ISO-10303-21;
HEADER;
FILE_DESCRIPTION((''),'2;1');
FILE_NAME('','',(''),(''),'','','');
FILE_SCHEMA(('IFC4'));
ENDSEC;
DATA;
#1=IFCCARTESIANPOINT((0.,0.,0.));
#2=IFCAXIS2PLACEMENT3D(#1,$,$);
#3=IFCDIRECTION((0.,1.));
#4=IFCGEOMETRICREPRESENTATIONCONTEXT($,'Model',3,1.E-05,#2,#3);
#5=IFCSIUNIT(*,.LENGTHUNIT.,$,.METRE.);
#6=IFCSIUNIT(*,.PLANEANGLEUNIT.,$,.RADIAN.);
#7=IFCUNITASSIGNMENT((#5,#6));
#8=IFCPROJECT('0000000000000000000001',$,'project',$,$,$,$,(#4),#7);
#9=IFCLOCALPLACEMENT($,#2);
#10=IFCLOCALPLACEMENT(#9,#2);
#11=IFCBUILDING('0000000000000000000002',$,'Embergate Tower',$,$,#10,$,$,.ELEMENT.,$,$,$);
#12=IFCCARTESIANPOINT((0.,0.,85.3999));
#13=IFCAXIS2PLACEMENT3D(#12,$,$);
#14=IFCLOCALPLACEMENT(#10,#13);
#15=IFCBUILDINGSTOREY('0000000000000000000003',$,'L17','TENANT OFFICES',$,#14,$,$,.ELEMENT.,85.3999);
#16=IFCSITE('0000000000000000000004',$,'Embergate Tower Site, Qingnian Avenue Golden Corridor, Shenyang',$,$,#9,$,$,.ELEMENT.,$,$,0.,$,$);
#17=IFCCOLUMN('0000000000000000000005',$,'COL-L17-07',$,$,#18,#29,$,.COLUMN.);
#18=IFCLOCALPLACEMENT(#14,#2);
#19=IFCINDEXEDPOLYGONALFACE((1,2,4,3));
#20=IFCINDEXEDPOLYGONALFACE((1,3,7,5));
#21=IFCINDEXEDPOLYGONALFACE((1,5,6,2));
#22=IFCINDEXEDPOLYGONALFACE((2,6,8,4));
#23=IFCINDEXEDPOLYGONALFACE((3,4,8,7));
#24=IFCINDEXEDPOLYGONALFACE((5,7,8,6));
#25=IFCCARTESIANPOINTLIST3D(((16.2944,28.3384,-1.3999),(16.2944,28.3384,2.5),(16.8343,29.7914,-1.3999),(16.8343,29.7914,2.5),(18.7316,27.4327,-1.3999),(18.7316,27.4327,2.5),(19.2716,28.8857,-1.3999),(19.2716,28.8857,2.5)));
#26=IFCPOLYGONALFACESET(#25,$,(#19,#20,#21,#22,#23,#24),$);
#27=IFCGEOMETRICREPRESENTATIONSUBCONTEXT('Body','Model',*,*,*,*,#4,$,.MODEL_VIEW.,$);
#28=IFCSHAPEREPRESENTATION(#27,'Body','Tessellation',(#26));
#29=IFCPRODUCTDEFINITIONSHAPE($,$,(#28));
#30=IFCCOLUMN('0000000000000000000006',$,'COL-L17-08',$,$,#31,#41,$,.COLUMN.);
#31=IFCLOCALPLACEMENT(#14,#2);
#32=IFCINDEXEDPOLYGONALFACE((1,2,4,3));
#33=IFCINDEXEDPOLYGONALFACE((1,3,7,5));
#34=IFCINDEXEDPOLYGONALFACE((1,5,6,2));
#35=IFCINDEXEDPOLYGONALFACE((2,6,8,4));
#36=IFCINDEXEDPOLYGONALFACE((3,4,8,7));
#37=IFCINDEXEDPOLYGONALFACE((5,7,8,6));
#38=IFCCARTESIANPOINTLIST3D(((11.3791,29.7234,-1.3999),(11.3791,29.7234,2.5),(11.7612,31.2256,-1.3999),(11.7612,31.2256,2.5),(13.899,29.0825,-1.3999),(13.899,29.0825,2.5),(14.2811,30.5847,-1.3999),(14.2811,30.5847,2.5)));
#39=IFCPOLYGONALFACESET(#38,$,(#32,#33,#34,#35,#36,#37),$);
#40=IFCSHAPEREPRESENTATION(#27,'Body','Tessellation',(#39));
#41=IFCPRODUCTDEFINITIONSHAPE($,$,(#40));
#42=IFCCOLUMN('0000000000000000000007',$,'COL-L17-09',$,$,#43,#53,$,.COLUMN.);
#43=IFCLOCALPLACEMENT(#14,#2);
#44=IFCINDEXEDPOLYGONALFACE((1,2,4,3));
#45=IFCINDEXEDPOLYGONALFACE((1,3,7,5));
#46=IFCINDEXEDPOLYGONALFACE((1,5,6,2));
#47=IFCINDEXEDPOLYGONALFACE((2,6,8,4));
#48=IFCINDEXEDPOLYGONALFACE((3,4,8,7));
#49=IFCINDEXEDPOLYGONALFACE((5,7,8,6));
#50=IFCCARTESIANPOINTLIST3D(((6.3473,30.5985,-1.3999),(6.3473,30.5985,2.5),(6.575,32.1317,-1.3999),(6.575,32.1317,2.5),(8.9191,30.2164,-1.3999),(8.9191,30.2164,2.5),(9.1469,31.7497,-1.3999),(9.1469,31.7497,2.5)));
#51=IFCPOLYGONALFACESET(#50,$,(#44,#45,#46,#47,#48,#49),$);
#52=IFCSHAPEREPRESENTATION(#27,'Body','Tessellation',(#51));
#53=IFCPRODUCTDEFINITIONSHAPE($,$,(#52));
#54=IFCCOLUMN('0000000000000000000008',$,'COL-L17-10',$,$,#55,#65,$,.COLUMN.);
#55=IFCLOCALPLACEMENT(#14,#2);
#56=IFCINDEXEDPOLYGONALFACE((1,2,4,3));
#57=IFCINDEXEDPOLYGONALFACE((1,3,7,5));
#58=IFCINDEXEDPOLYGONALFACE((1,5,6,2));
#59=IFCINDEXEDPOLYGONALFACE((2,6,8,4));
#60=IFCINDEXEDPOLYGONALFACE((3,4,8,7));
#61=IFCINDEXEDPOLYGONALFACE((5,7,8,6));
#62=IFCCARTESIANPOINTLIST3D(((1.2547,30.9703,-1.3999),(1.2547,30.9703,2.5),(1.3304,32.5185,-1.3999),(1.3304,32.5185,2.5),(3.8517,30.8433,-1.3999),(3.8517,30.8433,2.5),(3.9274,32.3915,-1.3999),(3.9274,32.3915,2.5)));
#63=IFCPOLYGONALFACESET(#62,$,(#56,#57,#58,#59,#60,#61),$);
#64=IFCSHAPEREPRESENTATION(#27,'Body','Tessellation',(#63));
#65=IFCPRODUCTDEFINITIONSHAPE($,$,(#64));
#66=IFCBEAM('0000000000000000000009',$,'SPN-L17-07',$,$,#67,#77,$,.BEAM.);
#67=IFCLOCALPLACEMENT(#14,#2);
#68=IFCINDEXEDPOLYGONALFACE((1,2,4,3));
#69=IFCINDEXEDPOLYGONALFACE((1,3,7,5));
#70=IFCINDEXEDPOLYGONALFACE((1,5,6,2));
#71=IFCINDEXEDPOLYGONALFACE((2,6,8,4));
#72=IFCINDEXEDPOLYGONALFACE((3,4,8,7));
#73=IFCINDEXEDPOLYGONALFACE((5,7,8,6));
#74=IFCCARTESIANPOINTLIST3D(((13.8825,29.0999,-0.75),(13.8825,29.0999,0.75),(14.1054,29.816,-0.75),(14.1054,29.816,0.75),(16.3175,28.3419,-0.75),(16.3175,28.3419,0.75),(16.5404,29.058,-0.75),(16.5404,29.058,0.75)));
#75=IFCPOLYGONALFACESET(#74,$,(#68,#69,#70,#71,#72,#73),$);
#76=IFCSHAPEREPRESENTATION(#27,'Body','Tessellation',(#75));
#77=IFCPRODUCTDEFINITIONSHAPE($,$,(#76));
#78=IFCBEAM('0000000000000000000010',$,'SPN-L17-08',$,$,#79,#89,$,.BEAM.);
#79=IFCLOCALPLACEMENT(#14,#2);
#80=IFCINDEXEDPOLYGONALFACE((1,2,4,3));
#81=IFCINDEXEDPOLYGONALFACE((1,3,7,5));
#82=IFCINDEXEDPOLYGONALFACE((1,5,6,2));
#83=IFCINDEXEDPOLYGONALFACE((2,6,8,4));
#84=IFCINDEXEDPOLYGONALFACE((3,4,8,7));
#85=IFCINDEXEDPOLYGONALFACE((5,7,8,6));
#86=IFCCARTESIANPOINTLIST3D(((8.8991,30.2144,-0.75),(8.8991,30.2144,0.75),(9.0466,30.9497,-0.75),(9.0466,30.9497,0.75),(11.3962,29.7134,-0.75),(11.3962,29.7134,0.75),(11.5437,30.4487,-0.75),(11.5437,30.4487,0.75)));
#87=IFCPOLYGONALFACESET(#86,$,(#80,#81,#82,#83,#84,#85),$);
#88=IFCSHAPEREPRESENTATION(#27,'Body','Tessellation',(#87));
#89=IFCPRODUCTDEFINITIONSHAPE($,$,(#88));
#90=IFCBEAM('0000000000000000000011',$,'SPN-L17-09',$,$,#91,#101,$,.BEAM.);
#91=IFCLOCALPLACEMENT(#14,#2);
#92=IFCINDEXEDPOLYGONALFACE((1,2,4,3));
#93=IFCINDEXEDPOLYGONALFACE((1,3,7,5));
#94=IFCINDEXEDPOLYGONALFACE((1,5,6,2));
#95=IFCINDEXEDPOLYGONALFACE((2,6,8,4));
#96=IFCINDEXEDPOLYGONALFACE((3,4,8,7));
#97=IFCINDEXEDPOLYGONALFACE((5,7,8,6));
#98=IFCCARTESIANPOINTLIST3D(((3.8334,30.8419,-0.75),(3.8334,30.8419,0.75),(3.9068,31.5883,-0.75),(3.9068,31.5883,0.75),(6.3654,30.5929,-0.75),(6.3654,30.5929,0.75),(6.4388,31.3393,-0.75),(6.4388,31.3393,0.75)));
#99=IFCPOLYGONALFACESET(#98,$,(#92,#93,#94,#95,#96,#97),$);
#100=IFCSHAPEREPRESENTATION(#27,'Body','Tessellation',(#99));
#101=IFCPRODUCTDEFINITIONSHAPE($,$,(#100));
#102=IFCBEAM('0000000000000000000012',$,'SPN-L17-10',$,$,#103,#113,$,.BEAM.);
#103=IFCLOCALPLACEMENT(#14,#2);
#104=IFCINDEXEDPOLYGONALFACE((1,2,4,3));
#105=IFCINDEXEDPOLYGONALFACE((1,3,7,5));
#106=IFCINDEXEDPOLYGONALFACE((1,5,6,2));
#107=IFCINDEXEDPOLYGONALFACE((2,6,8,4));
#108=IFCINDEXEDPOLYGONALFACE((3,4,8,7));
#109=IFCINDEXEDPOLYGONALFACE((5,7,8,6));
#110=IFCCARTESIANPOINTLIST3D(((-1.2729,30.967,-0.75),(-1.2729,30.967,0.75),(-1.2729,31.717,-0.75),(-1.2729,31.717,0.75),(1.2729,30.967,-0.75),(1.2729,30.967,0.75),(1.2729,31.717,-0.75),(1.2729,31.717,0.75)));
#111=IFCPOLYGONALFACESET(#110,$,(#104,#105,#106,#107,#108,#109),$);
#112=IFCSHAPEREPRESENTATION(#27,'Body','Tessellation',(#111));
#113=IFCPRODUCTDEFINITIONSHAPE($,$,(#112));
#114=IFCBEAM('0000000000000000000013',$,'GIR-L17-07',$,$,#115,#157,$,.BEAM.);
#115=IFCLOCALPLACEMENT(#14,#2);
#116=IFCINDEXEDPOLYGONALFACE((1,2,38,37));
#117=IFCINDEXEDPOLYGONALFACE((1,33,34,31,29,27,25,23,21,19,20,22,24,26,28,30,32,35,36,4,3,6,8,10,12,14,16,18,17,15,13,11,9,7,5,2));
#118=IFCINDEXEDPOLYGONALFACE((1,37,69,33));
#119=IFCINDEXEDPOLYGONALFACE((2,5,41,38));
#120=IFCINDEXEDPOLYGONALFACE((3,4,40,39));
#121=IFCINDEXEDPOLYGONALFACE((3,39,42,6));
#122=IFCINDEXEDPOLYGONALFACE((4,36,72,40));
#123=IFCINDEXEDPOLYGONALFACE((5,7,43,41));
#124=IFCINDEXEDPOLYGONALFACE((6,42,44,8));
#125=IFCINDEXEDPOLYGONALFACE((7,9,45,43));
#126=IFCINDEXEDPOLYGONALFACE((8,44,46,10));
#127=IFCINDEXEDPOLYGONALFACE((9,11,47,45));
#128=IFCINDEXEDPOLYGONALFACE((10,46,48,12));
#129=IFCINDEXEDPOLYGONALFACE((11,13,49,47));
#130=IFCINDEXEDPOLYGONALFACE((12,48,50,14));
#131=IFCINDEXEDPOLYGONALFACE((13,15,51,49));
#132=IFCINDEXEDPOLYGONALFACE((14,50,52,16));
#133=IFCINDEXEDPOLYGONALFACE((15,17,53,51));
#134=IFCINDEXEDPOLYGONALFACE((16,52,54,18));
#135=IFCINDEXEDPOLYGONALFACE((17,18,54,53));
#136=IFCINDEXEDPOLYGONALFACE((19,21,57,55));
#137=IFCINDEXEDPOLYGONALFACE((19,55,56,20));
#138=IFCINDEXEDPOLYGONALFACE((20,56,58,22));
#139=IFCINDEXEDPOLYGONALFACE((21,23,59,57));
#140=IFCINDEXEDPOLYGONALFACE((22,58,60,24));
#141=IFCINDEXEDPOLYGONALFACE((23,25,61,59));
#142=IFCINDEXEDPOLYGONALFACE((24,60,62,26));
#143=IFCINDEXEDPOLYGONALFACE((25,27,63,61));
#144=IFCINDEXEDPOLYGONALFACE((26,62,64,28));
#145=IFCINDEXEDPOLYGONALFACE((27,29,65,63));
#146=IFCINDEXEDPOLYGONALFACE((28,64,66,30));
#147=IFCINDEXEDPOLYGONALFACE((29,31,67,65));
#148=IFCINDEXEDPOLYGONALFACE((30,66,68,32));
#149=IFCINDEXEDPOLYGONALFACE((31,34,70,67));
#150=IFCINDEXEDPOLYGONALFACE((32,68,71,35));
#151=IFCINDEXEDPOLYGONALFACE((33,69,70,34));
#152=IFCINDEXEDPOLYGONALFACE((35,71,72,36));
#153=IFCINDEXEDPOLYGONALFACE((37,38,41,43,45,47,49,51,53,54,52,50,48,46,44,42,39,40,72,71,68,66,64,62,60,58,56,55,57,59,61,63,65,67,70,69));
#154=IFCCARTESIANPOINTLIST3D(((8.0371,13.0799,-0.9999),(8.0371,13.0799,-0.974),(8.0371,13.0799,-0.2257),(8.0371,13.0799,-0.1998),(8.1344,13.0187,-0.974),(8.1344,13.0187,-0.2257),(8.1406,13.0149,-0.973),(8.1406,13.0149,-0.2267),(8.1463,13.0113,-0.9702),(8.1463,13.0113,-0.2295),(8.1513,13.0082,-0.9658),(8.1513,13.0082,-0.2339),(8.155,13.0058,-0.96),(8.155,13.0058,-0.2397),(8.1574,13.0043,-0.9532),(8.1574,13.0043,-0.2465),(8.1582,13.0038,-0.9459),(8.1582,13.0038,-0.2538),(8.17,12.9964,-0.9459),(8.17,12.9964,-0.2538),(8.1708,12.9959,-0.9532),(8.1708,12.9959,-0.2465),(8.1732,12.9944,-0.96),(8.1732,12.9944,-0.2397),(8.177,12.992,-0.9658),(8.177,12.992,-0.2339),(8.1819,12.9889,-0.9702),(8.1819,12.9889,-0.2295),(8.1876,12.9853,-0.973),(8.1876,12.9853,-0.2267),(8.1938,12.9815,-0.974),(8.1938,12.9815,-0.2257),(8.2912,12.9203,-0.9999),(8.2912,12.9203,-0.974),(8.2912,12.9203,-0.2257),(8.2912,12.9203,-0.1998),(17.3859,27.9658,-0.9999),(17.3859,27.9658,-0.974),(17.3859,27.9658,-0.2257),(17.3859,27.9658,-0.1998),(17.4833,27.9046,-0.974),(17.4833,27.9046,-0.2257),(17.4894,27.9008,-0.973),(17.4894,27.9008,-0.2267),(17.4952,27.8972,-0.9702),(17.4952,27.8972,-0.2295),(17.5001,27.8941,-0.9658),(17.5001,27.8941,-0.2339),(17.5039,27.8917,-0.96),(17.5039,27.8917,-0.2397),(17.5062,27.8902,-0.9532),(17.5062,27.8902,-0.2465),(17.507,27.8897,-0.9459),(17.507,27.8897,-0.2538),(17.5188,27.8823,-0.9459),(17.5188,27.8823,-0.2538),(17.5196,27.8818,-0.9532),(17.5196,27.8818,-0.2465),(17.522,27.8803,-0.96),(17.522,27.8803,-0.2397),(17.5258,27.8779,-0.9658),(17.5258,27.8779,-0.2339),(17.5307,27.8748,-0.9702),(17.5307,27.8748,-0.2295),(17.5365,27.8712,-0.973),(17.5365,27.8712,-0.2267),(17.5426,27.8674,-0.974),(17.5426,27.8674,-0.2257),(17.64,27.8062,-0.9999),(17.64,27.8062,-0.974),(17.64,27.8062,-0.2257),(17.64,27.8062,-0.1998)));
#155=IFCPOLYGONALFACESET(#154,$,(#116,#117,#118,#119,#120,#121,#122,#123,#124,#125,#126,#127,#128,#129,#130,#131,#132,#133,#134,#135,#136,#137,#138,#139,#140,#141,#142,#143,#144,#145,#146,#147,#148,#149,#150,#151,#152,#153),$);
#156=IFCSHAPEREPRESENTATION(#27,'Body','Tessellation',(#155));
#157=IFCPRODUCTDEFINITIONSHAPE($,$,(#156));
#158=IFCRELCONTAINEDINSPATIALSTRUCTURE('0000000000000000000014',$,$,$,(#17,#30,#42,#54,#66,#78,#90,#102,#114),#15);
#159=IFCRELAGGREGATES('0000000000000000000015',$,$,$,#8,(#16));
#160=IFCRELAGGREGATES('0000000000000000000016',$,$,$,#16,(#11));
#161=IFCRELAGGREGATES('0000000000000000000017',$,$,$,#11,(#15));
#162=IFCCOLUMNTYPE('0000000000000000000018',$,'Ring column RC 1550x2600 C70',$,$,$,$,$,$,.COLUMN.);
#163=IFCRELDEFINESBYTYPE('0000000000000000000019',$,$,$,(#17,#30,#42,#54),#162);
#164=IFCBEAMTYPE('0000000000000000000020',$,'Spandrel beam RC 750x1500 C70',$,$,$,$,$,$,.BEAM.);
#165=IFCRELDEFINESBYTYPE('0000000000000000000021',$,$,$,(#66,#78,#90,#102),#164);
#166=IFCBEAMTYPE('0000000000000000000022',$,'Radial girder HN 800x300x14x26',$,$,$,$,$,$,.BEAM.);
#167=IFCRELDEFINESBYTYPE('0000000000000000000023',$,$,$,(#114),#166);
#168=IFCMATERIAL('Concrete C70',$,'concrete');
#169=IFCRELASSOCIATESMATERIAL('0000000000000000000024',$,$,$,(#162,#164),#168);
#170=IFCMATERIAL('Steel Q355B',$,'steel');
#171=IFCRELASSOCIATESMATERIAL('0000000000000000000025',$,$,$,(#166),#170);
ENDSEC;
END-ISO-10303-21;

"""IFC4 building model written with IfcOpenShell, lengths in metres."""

from ifc_helpers import new_model, si_unit, direction, frame, origin, origin_2d, place, context, subcontext, project, spatial, rectangle, i_section, extrude, source, transform, mapped, material, material_profile, profile_set, type_object, element, save


model = new_model("IFC4")

# Units and contexts
model_context = context("Model", 3, precision=1e-05, world=origin(), true_north=direction((0.0, 1.0)))
body_context = subcontext(model_context, "Body", "Model", "MODEL_VIEW")
ifc_project = project(units=[si_unit("LENGTHUNIT", "METRE"), si_unit("PLANEANGLEUNIT", "RADIAN")], contexts=[model_context])

# Site, building, storey
site_placement = place(None, origin())
site = spatial("IfcSite", under=ifc_project, at=site_placement, Name="Embergate Tower Site, Qingnian Avenue Golden Corridor, Shenyang", CompositionType="ELEMENT", RefElevation=0.0)
building_placement = place(site_placement, origin())
building = spatial("IfcBuilding", under=site, at=building_placement, Name="Embergate Tower", CompositionType="ELEMENT")
storey_placement = place(building_placement, frame((0.0, 0.0, 85.3999)))
storey = spatial("IfcBuildingStorey", under=building, at=storey_placement, Name="L17", Description="TENANT OFFICES", CompositionType="ELEMENT", Elevation=85.3999)

# Columns
ifc_material_1 = material(Name="Concrete C70", Category="concrete")
ifc_material_profile_1 = material_profile(ifc_material_1, rectangle(XDim=1.55, YDim=2.6001, at=origin_2d()), Name="RC 1550x2600")
ifc_profile_set_1 = profile_set([ifc_material_profile_1], Name="Concrete C70")
column_type = type_object("IfcColumnType", Name="Ring column RC 1550x2600 C70", PredefinedType="COLUMN", material=ifc_profile_set_1)
shared_shape_1 = source(origin(), body_context, "Body", "SweptSolid", [
    extrude(rectangle(XDim=1.55, YDim=2.6001, at=origin_2d()), origin(), (0.0, 0.0, 1.0), 3.8999),
])
for number, where, z_axis, x_axis, name in (
    (1, (17.783, 28.6121, -1.3999), (0.0, 0.0, 1.0), (0.348343, 0.937367, 0.0), "COL-L17-07"),
    (2, (12.8301, 30.1541, -1.3999), (0.0, 0.0, 1.0), (0.246492, 0.969145, 0.0), "COL-L17-08"),
    (3, (7.7471, 31.1741, -1.3999), (0.0, 0.0, 1.0), (0.146929, 0.989147, 0.0), "COL-L17-09"),
    (4, (2.5911, 31.6809, -1.3999), (0.0, 0.0, 1.0), (0.048815, 0.998808, 0.0), "COL-L17-10"),
):
    element("IfcColumn", number, at=place(storey_placement, frame(where, z_axis=z_axis, x_axis=x_axis)), inside=storey, type_object=column_type, Name=name, PredefinedType="COLUMN", context=body_context, shape_type="MappedRepresentation", body=[
        mapped(shared_shape_1, transform((0.0, 0.0, 0.0))),
    ])

# Beams
ifc_material_profile_2 = material_profile(ifc_material_1, rectangle(XDim=0.75, YDim=1.5, at=origin_2d()), Name="RC 750x1500")
ifc_profile_set_2 = profile_set([ifc_material_profile_2], Name="Concrete C70")
beam_type_1 = type_object("IfcBeamType", Name="Spandrel beam RC 750x1500 C70", PredefinedType="BEAM", material=ifc_profile_set_2)
shared_shape_2 = source(origin(), body_context, "Body", "SweptSolid", [
    extrude(rectangle(XDim=0.75, YDim=1.5, at=origin_2d()), origin(), (0.0, 0.0, 1.0), 2.5503),
])
beam_1_placement = place(storey_placement, frame((16.429, 28.7, 0.0), z_axis=(-0.954803, 0.297239, 0.0), x_axis=(-0.297239, -0.954803, 0.0)))
element("IfcBeam", 5, at=beam_1_placement, inside=storey, type_object=beam_type_1, Name="SPN-L17-07", PredefinedType="BEAM", context=body_context, shape_type="MappedRepresentation", body=[
    mapped(shared_shape_2, transform((0.0, 0.0, 0.0))),
])
shared_shape_3 = source(origin(), body_context, "Body", "SweptSolid", [
    extrude(rectangle(XDim=0.75, YDim=1.5, at=origin_2d()), origin(), (0.0, 0.0, 1.0), 2.5469),
])
beam_2_placement = place(storey_placement, frame((11.47, 30.0811, 0.0), z_axis=(-0.980463, 0.196706, 0.0), x_axis=(-0.196706, -0.980463, 0.0)))
element("IfcBeam", 6, at=beam_2_placement, inside=storey, type_object=beam_type_1, Name="SPN-L17-08", PredefinedType="BEAM", context=body_context, shape_type="MappedRepresentation", body=[
    mapped(shared_shape_3, transform((0.0, 0.0, 0.0))),
])
shared_shape_4 = source(origin(), body_context, "Body", "SweptSolid", [
    extrude(rectangle(XDim=0.75, YDim=1.5, at=origin_2d()), origin(), (0.0, 0.0, 1.0), 2.5442),
])
beam_3_placement = place(storey_placement, frame((6.4021, 30.9661, 0.0), z_axis=(-0.995198, 0.097879, 0.0), x_axis=(-0.097879, -0.995198, 0.0)))
element("IfcBeam", 7, at=beam_3_placement, inside=storey, type_object=beam_type_1, Name="SPN-L17-09", PredefinedType="BEAM", context=body_context, shape_type="MappedRepresentation", body=[
    mapped(shared_shape_4, transform((0.0, 0.0, 0.0))),
])
shared_shape_5 = source(origin(), body_context, "Body", "SweptSolid", [
    extrude(rectangle(XDim=0.75, YDim=1.5, at=origin_2d()), origin(), (0.0, 0.0, 1.0), 2.5459),
])
beam_4_placement = place(storey_placement, frame((1.2729, 31.342, 0.0), z_axis=(-1.0, 0.0, 0.0), x_axis=(0.0, -1.0, 0.0)))
element("IfcBeam", 8, at=beam_4_placement, inside=storey, type_object=beam_type_1, Name="SPN-L17-10", PredefinedType="BEAM", context=body_context, shape_type="MappedRepresentation", body=[
    mapped(shared_shape_5, transform((0.0, 0.0, 0.0))),
])
ifc_material_2 = material(Name="Steel Q355B", Category="steel")
ifc_material_profile_3 = material_profile(ifc_material_2, i_section(OverallWidth=0.3, OverallDepth=0.8, WebThickness=0.0139, FlangeThickness=0.0259, FilletRadius=0.0281, at=origin_2d()), Name="HN 800x300x14x26")
ifc_profile_set_3 = profile_set([ifc_material_profile_3], Name="Steel Q355 grade B")
beam_type_2 = type_object("IfcBeamType", Name="Radial girder HN 800x300x14x26", PredefinedType="BEAM", material=ifc_profile_set_3)
shared_shape_6 = source(origin(), body_context, "Body", "SweptSolid", [
    extrude(i_section(OverallWidth=0.3, OverallDepth=0.8, WebThickness=0.0139, FlangeThickness=0.0259, FilletRadius=0.0281, at=origin_2d()), origin(), (0.0, 0.0, 1.0), 17.5781),
])
beam_5_placement = place(storey_placement, frame((17.5129, 27.886, -0.5999), z_axis=(-0.531844, -0.846842, 0.0), x_axis=(0.846842, -0.531844, 0.0)))
element("IfcBeam", 9, at=beam_5_placement, inside=storey, type_object=beam_type_2, Name="GIR-L17-07", PredefinedType="BEAM", context=body_context, shape_type="MappedRepresentation", body=[
    mapped(shared_shape_6, transform((0.0, 0.0, 0.0))),
])

save(model, "model.ifc")
